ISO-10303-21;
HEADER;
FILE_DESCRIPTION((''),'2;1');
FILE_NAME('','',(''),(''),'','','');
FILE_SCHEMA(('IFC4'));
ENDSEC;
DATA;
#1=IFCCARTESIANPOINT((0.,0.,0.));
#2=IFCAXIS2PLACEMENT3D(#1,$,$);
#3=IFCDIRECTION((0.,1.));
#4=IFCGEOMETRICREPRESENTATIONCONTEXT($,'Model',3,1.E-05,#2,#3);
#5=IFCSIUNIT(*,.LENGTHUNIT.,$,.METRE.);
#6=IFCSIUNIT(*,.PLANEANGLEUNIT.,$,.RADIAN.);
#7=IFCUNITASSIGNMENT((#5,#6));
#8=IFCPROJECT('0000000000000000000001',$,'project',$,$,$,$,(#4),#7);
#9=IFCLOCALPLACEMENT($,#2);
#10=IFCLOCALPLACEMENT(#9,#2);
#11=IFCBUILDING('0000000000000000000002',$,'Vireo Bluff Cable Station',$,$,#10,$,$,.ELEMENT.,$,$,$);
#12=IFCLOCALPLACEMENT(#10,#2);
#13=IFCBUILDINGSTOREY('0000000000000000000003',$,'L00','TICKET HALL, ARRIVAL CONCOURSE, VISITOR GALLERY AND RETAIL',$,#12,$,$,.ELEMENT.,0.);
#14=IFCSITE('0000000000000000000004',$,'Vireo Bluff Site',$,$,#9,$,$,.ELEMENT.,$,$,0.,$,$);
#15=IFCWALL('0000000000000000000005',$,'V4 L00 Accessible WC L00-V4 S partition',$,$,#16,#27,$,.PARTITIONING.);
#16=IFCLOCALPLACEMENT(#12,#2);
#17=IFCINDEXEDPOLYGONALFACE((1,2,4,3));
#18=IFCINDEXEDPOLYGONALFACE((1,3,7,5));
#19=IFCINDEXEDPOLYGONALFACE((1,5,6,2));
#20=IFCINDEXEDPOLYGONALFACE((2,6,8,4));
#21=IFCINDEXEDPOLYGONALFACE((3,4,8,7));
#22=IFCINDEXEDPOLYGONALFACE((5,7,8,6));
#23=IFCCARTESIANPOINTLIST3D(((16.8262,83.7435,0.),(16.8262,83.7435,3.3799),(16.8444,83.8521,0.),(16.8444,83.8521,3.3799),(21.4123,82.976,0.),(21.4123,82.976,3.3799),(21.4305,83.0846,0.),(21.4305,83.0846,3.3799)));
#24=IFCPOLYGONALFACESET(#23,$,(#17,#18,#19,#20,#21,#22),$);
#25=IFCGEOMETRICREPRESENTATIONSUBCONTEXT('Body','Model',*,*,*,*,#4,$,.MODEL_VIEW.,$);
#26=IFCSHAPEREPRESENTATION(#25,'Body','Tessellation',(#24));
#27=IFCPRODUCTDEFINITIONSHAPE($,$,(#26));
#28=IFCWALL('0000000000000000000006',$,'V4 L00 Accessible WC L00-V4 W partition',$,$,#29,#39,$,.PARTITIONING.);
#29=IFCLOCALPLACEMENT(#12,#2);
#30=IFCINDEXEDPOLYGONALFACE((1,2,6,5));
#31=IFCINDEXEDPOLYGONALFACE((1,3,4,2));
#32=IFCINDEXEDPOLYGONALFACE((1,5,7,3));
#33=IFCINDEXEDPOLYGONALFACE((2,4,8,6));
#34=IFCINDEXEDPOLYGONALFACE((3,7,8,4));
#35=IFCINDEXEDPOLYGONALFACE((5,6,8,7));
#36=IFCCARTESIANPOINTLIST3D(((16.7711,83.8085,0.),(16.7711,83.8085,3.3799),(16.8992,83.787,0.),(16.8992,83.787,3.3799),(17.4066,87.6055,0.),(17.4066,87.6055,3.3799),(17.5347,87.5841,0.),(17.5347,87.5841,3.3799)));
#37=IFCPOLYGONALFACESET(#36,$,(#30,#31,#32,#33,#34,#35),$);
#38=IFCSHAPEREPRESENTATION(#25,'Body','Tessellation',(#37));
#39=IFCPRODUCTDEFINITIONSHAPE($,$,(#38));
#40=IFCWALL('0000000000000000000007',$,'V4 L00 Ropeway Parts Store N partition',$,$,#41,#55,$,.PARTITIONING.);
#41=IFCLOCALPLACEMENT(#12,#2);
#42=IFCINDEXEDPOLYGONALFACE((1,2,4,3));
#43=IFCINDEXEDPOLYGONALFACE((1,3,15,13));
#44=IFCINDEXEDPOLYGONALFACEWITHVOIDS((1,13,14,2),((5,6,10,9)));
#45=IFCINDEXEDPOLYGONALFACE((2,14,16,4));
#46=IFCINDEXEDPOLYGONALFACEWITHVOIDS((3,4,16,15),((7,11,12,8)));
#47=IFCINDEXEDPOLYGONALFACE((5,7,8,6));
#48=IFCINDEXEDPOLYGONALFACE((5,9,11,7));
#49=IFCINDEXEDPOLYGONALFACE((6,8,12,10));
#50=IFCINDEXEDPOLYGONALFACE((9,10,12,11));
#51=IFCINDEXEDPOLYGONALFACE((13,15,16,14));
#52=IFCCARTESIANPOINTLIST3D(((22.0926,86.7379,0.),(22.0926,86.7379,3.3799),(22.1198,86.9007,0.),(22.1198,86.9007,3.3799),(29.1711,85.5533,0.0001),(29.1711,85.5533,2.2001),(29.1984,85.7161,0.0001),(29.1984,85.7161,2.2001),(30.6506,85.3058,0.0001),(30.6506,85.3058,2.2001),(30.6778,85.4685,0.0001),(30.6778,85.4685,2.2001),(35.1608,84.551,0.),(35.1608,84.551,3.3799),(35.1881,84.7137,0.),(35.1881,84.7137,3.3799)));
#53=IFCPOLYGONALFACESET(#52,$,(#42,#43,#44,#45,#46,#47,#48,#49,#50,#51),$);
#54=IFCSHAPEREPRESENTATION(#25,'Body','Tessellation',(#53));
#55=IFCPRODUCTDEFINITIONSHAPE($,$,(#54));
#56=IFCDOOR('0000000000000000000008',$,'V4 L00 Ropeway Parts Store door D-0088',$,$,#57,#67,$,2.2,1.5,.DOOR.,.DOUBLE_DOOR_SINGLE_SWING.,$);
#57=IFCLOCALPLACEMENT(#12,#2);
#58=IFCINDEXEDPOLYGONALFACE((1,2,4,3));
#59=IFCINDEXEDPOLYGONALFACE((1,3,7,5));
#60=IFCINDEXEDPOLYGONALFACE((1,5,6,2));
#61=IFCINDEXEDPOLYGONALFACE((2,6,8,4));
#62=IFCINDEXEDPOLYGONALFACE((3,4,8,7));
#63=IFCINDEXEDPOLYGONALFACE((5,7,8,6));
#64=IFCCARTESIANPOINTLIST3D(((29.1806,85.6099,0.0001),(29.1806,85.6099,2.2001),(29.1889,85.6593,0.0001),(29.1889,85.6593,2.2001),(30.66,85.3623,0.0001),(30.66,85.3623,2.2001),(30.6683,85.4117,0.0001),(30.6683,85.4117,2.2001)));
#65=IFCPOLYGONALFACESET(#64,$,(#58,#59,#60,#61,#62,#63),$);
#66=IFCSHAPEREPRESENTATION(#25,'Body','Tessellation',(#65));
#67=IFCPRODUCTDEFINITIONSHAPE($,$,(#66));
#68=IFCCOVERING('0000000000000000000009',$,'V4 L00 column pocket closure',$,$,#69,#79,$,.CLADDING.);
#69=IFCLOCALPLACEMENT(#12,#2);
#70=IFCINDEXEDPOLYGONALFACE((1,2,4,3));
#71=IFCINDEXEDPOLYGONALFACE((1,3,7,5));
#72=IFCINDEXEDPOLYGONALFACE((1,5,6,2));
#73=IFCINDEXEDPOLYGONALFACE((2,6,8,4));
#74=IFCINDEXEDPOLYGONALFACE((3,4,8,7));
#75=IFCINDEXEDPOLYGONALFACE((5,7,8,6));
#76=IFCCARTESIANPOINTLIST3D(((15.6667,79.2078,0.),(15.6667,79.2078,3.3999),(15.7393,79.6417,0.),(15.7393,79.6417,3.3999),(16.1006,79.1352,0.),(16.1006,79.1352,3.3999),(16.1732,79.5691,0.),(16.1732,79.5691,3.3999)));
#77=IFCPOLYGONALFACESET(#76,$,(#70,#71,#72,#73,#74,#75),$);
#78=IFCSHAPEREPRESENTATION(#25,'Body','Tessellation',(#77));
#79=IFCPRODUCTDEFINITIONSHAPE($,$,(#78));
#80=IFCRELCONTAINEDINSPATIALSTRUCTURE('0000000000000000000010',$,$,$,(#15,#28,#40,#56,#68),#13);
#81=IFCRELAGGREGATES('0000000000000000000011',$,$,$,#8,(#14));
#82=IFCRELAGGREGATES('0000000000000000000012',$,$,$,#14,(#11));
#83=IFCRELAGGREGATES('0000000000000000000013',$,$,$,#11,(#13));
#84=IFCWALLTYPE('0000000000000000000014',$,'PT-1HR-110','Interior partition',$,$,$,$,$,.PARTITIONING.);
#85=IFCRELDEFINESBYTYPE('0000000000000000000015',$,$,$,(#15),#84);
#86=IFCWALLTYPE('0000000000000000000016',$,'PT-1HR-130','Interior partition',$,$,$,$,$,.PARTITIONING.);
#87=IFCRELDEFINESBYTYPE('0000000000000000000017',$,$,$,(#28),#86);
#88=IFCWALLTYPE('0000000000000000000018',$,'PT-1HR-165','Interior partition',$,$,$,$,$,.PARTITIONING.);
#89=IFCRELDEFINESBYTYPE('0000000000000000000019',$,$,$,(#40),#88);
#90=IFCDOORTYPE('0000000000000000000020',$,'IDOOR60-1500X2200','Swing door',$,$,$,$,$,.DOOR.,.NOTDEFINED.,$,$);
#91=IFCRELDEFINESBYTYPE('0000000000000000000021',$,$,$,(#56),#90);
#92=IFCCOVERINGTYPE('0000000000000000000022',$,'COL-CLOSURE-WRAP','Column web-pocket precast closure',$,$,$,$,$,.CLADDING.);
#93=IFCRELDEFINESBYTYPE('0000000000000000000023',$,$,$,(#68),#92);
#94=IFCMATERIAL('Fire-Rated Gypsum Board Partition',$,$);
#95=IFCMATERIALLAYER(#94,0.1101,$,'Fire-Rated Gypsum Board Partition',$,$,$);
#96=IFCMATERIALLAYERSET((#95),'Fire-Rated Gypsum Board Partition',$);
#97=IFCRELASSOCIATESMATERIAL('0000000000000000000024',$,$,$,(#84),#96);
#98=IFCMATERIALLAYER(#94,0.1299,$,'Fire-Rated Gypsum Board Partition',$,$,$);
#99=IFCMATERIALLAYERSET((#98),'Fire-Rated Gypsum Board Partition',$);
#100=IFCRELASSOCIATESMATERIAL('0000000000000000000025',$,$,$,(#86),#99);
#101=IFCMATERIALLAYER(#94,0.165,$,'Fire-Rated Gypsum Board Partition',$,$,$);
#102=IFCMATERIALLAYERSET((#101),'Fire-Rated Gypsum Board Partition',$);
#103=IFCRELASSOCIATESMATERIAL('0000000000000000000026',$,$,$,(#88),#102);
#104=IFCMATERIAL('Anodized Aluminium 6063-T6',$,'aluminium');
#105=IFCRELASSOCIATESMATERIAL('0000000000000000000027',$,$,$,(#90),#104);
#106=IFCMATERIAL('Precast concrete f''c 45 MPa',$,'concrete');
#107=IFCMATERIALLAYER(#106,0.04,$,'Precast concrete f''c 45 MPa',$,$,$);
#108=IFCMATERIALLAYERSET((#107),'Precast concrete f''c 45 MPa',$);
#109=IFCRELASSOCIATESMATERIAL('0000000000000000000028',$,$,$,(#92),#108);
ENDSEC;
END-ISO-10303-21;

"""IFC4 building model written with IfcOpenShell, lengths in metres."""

from ifc_helpers import new_model, si_unit, direction, frame, frame_2d, origin, origin_with_axes, origin_2d, place, context, subcontext, project, spatial, rectangle, extrude, material, layer, layer_set, type_object, element, fill, save


model = new_model("IFC4")

# Units and contexts
model_context = context("Model", 3, precision=1e-05, world=origin(), true_north=direction((0.0, 1.0)))
body_context = subcontext(model_context, "Body", "Model", "MODEL_VIEW")
ifc_project = project(units=[si_unit("LENGTHUNIT", "METRE"), si_unit("PLANEANGLEUNIT", "RADIAN")], contexts=[model_context])

# Site, building, storey
site_placement = place(None, origin())
site = spatial("IfcSite", under=ifc_project, at=site_placement, Name="Vireo Bluff Site", CompositionType="ELEMENT", RefElevation=0.0)
building_placement = place(site_placement, origin())
building = spatial("IfcBuilding", under=site, at=building_placement, Name="Vireo Bluff Cable Station", CompositionType="ELEMENT")
storey_placement = place(building_placement, origin())
storey = spatial("IfcBuildingStorey", under=building, at=storey_placement, Name="L00", Description="TICKET HALL, ARRIVAL CONCOURSE, VISITOR GALLERY AND RETAIL", CompositionType="ELEMENT", Elevation=0.0)

# Walls
ifc_material_1 = material(Name="Precast concrete f'c 45 MPa", Category="concrete")
ifc_material_2 = material(Name="Fire-Rated Gypsum Board Partition")
ifc_layer_1 = layer(ifc_material_2, 0.1101, Name="Fire-Rated Gypsum Board Partition")
ifc_layer_set_1 = layer_set([ifc_layer_1], Name="Fire-Rated Gypsum Board Partition")
wall_type_1 = type_object("IfcWallType", Name="PT-1HR-110", Description="Interior partition", PredefinedType="PARTITIONING", material=ifc_layer_set_1)
wall_1_placement = place(storey_placement, frame((21.4214, 83.0303, 0.0), z_axis=(0.0, 0.0, 1.0), x_axis=(-0.986282, 0.165072, 0.0)))
element("IfcWall", 1, at=wall_1_placement, inside=storey, type_object=wall_type_1, Name="V4 L00 Accessible WC L00-V4 S partition", PredefinedType="PARTITIONING", context=body_context, shape_type="SweptSolid", body=[
    extrude(rectangle(XDim=4.6499, YDim=0.1101, at=frame_2d((2.325, 0.0))), origin(), (0.0, 0.0, 1.0), 3.3799),
])
ifc_layer_2 = layer(ifc_material_2, 0.1299, Name="Fire-Rated Gypsum Board Partition")
ifc_layer_set_2 = layer_set([ifc_layer_2], Name="Fire-Rated Gypsum Board Partition")
wall_type_2 = type_object("IfcWallType", Name="PT-1HR-130", Description="Interior partition", PredefinedType="PARTITIONING", material=ifc_layer_set_2)
wall_2_placement = place(storey_placement, frame((16.8352, 83.7979, 0.0), z_axis=(0.0, 0.0, 1.0), x_axis=(0.165067, 0.986282, 0.0)))
element("IfcWall", 2, at=wall_2_placement, inside=storey, type_object=wall_type_2, Name="V4 L00 Accessible WC L00-V4 W partition", PredefinedType="PARTITIONING", context=body_context, shape_type="SweptSolid", body=[
    extrude(rectangle(XDim=3.8499, YDim=0.1299, at=frame_2d((1.9248, 0.0))), origin(), (0.0, 0.0, 1.0), 3.3799),
])

# Wall, opening, door
ifc_layer_3 = layer(ifc_material_2, 0.165, Name="Fire-Rated Gypsum Board Partition")
ifc_layer_set_3 = layer_set([ifc_layer_3], Name="Fire-Rated Gypsum Board Partition")
wall_type_3 = type_object("IfcWallType", Name="PT-1HR-165", Description="Interior partition", PredefinedType="PARTITIONING", material=ifc_layer_set_3)
wall_3_placement = place(storey_placement, frame((22.1062, 86.8193, 0.0), z_axis=(0.0, 0.0, 1.0), x_axis=(0.986284, -0.165056, 0.0)))
wall_3 = element("IfcWall", 3, at=wall_3_placement, inside=storey, type_object=wall_type_3, Name="V4 L00 Ropeway Parts Store N partition", PredefinedType="PARTITIONING", context=body_context, shape_type="SweptSolid", body=[
    extrude(rectangle(XDim=13.25, YDim=0.165, at=frame_2d((6.625, 0.0))), origin(), (0.0, 0.0, 1.0), 3.3799),
])
opening_placement = place(wall_3_placement, frame((7.177, 0.0, 0.0)))
opening = element("IfcOpeningElement", 4, at=opening_placement, cuts=wall_3, PredefinedType="OPENING", context=body_context, shape_type="SweptSolid", body=[
    extrude(rectangle(XDim=1.5, YDim=2.2, at=frame_2d((0.75, 1.1001))), frame((0.0, 0.0925, 0.0), z_axis=(0.0, -1.0, 0.0), x_axis=(1.0, 0.0, 0.0)), (0.0, 0.0, 1.0), 0.1851),
])
ifc_material_3 = material(Name="Anodized Aluminium 6063-T6", Category="aluminium")
door_type = type_object("IfcDoorType", Name="IDOOR60-1500X2200", Description="Swing door", OperationType="NOTDEFINED", PredefinedType="DOOR", material=ifc_material_3)
door_placement = place(opening_placement, origin_with_axes())
door = element("IfcDoor", 5, at=door_placement, inside=storey, type_object=door_type, Name="V4 L00 Ropeway Parts Store door D-0088", OperationType="DOUBLE_DOOR_SINGLE_SWING", OverallHeight=2.2, OverallWidth=1.5, PredefinedType="DOOR", context=body_context, shape_type="SweptSolid", body=[
    extrude(rectangle(XDim=1.5, YDim=2.2, at=frame_2d((0.75, 1.1001))), frame((0.0, 0.0249, 0.0), z_axis=(0.0, -1.0, 0.0), x_axis=(1.0, 0.0, 0.0)), (0.0, 0.0, 1.0), 0.05),
])
fill(opening, door)

# Covering
ifc_layer_4 = layer(ifc_material_1, 0.04, Name="Precast concrete f'c 45 MPa")
ifc_layer_set_4 = layer_set([ifc_layer_4], Name="Precast concrete f'c 45 MPa")
covering_type = type_object("IfcCoveringType", Name="COL-CLOSURE-WRAP", Description="Column web-pocket precast closure", PredefinedType="CLADDING", material=ifc_layer_set_4)
covering_placement = place(storey_placement, frame((15.9199, 79.3884, 0.0), z_axis=(0.0, 0.0, 1.0), x_axis=(0.986286, -0.165048, 0.0)))
element("IfcCovering", 6, at=covering_placement, inside=storey, type_object=covering_type, Name="V4 L00 column pocket closure", PredefinedType="CLADDING", context=body_context, shape_type="SweptSolid", body=[
    extrude(rectangle(XDim=0.4399, YDim=0.4399, at=origin_2d()), origin(), (0.0, 0.0, 1.0), 3.3999),
])

save(model, "model.ifc")
